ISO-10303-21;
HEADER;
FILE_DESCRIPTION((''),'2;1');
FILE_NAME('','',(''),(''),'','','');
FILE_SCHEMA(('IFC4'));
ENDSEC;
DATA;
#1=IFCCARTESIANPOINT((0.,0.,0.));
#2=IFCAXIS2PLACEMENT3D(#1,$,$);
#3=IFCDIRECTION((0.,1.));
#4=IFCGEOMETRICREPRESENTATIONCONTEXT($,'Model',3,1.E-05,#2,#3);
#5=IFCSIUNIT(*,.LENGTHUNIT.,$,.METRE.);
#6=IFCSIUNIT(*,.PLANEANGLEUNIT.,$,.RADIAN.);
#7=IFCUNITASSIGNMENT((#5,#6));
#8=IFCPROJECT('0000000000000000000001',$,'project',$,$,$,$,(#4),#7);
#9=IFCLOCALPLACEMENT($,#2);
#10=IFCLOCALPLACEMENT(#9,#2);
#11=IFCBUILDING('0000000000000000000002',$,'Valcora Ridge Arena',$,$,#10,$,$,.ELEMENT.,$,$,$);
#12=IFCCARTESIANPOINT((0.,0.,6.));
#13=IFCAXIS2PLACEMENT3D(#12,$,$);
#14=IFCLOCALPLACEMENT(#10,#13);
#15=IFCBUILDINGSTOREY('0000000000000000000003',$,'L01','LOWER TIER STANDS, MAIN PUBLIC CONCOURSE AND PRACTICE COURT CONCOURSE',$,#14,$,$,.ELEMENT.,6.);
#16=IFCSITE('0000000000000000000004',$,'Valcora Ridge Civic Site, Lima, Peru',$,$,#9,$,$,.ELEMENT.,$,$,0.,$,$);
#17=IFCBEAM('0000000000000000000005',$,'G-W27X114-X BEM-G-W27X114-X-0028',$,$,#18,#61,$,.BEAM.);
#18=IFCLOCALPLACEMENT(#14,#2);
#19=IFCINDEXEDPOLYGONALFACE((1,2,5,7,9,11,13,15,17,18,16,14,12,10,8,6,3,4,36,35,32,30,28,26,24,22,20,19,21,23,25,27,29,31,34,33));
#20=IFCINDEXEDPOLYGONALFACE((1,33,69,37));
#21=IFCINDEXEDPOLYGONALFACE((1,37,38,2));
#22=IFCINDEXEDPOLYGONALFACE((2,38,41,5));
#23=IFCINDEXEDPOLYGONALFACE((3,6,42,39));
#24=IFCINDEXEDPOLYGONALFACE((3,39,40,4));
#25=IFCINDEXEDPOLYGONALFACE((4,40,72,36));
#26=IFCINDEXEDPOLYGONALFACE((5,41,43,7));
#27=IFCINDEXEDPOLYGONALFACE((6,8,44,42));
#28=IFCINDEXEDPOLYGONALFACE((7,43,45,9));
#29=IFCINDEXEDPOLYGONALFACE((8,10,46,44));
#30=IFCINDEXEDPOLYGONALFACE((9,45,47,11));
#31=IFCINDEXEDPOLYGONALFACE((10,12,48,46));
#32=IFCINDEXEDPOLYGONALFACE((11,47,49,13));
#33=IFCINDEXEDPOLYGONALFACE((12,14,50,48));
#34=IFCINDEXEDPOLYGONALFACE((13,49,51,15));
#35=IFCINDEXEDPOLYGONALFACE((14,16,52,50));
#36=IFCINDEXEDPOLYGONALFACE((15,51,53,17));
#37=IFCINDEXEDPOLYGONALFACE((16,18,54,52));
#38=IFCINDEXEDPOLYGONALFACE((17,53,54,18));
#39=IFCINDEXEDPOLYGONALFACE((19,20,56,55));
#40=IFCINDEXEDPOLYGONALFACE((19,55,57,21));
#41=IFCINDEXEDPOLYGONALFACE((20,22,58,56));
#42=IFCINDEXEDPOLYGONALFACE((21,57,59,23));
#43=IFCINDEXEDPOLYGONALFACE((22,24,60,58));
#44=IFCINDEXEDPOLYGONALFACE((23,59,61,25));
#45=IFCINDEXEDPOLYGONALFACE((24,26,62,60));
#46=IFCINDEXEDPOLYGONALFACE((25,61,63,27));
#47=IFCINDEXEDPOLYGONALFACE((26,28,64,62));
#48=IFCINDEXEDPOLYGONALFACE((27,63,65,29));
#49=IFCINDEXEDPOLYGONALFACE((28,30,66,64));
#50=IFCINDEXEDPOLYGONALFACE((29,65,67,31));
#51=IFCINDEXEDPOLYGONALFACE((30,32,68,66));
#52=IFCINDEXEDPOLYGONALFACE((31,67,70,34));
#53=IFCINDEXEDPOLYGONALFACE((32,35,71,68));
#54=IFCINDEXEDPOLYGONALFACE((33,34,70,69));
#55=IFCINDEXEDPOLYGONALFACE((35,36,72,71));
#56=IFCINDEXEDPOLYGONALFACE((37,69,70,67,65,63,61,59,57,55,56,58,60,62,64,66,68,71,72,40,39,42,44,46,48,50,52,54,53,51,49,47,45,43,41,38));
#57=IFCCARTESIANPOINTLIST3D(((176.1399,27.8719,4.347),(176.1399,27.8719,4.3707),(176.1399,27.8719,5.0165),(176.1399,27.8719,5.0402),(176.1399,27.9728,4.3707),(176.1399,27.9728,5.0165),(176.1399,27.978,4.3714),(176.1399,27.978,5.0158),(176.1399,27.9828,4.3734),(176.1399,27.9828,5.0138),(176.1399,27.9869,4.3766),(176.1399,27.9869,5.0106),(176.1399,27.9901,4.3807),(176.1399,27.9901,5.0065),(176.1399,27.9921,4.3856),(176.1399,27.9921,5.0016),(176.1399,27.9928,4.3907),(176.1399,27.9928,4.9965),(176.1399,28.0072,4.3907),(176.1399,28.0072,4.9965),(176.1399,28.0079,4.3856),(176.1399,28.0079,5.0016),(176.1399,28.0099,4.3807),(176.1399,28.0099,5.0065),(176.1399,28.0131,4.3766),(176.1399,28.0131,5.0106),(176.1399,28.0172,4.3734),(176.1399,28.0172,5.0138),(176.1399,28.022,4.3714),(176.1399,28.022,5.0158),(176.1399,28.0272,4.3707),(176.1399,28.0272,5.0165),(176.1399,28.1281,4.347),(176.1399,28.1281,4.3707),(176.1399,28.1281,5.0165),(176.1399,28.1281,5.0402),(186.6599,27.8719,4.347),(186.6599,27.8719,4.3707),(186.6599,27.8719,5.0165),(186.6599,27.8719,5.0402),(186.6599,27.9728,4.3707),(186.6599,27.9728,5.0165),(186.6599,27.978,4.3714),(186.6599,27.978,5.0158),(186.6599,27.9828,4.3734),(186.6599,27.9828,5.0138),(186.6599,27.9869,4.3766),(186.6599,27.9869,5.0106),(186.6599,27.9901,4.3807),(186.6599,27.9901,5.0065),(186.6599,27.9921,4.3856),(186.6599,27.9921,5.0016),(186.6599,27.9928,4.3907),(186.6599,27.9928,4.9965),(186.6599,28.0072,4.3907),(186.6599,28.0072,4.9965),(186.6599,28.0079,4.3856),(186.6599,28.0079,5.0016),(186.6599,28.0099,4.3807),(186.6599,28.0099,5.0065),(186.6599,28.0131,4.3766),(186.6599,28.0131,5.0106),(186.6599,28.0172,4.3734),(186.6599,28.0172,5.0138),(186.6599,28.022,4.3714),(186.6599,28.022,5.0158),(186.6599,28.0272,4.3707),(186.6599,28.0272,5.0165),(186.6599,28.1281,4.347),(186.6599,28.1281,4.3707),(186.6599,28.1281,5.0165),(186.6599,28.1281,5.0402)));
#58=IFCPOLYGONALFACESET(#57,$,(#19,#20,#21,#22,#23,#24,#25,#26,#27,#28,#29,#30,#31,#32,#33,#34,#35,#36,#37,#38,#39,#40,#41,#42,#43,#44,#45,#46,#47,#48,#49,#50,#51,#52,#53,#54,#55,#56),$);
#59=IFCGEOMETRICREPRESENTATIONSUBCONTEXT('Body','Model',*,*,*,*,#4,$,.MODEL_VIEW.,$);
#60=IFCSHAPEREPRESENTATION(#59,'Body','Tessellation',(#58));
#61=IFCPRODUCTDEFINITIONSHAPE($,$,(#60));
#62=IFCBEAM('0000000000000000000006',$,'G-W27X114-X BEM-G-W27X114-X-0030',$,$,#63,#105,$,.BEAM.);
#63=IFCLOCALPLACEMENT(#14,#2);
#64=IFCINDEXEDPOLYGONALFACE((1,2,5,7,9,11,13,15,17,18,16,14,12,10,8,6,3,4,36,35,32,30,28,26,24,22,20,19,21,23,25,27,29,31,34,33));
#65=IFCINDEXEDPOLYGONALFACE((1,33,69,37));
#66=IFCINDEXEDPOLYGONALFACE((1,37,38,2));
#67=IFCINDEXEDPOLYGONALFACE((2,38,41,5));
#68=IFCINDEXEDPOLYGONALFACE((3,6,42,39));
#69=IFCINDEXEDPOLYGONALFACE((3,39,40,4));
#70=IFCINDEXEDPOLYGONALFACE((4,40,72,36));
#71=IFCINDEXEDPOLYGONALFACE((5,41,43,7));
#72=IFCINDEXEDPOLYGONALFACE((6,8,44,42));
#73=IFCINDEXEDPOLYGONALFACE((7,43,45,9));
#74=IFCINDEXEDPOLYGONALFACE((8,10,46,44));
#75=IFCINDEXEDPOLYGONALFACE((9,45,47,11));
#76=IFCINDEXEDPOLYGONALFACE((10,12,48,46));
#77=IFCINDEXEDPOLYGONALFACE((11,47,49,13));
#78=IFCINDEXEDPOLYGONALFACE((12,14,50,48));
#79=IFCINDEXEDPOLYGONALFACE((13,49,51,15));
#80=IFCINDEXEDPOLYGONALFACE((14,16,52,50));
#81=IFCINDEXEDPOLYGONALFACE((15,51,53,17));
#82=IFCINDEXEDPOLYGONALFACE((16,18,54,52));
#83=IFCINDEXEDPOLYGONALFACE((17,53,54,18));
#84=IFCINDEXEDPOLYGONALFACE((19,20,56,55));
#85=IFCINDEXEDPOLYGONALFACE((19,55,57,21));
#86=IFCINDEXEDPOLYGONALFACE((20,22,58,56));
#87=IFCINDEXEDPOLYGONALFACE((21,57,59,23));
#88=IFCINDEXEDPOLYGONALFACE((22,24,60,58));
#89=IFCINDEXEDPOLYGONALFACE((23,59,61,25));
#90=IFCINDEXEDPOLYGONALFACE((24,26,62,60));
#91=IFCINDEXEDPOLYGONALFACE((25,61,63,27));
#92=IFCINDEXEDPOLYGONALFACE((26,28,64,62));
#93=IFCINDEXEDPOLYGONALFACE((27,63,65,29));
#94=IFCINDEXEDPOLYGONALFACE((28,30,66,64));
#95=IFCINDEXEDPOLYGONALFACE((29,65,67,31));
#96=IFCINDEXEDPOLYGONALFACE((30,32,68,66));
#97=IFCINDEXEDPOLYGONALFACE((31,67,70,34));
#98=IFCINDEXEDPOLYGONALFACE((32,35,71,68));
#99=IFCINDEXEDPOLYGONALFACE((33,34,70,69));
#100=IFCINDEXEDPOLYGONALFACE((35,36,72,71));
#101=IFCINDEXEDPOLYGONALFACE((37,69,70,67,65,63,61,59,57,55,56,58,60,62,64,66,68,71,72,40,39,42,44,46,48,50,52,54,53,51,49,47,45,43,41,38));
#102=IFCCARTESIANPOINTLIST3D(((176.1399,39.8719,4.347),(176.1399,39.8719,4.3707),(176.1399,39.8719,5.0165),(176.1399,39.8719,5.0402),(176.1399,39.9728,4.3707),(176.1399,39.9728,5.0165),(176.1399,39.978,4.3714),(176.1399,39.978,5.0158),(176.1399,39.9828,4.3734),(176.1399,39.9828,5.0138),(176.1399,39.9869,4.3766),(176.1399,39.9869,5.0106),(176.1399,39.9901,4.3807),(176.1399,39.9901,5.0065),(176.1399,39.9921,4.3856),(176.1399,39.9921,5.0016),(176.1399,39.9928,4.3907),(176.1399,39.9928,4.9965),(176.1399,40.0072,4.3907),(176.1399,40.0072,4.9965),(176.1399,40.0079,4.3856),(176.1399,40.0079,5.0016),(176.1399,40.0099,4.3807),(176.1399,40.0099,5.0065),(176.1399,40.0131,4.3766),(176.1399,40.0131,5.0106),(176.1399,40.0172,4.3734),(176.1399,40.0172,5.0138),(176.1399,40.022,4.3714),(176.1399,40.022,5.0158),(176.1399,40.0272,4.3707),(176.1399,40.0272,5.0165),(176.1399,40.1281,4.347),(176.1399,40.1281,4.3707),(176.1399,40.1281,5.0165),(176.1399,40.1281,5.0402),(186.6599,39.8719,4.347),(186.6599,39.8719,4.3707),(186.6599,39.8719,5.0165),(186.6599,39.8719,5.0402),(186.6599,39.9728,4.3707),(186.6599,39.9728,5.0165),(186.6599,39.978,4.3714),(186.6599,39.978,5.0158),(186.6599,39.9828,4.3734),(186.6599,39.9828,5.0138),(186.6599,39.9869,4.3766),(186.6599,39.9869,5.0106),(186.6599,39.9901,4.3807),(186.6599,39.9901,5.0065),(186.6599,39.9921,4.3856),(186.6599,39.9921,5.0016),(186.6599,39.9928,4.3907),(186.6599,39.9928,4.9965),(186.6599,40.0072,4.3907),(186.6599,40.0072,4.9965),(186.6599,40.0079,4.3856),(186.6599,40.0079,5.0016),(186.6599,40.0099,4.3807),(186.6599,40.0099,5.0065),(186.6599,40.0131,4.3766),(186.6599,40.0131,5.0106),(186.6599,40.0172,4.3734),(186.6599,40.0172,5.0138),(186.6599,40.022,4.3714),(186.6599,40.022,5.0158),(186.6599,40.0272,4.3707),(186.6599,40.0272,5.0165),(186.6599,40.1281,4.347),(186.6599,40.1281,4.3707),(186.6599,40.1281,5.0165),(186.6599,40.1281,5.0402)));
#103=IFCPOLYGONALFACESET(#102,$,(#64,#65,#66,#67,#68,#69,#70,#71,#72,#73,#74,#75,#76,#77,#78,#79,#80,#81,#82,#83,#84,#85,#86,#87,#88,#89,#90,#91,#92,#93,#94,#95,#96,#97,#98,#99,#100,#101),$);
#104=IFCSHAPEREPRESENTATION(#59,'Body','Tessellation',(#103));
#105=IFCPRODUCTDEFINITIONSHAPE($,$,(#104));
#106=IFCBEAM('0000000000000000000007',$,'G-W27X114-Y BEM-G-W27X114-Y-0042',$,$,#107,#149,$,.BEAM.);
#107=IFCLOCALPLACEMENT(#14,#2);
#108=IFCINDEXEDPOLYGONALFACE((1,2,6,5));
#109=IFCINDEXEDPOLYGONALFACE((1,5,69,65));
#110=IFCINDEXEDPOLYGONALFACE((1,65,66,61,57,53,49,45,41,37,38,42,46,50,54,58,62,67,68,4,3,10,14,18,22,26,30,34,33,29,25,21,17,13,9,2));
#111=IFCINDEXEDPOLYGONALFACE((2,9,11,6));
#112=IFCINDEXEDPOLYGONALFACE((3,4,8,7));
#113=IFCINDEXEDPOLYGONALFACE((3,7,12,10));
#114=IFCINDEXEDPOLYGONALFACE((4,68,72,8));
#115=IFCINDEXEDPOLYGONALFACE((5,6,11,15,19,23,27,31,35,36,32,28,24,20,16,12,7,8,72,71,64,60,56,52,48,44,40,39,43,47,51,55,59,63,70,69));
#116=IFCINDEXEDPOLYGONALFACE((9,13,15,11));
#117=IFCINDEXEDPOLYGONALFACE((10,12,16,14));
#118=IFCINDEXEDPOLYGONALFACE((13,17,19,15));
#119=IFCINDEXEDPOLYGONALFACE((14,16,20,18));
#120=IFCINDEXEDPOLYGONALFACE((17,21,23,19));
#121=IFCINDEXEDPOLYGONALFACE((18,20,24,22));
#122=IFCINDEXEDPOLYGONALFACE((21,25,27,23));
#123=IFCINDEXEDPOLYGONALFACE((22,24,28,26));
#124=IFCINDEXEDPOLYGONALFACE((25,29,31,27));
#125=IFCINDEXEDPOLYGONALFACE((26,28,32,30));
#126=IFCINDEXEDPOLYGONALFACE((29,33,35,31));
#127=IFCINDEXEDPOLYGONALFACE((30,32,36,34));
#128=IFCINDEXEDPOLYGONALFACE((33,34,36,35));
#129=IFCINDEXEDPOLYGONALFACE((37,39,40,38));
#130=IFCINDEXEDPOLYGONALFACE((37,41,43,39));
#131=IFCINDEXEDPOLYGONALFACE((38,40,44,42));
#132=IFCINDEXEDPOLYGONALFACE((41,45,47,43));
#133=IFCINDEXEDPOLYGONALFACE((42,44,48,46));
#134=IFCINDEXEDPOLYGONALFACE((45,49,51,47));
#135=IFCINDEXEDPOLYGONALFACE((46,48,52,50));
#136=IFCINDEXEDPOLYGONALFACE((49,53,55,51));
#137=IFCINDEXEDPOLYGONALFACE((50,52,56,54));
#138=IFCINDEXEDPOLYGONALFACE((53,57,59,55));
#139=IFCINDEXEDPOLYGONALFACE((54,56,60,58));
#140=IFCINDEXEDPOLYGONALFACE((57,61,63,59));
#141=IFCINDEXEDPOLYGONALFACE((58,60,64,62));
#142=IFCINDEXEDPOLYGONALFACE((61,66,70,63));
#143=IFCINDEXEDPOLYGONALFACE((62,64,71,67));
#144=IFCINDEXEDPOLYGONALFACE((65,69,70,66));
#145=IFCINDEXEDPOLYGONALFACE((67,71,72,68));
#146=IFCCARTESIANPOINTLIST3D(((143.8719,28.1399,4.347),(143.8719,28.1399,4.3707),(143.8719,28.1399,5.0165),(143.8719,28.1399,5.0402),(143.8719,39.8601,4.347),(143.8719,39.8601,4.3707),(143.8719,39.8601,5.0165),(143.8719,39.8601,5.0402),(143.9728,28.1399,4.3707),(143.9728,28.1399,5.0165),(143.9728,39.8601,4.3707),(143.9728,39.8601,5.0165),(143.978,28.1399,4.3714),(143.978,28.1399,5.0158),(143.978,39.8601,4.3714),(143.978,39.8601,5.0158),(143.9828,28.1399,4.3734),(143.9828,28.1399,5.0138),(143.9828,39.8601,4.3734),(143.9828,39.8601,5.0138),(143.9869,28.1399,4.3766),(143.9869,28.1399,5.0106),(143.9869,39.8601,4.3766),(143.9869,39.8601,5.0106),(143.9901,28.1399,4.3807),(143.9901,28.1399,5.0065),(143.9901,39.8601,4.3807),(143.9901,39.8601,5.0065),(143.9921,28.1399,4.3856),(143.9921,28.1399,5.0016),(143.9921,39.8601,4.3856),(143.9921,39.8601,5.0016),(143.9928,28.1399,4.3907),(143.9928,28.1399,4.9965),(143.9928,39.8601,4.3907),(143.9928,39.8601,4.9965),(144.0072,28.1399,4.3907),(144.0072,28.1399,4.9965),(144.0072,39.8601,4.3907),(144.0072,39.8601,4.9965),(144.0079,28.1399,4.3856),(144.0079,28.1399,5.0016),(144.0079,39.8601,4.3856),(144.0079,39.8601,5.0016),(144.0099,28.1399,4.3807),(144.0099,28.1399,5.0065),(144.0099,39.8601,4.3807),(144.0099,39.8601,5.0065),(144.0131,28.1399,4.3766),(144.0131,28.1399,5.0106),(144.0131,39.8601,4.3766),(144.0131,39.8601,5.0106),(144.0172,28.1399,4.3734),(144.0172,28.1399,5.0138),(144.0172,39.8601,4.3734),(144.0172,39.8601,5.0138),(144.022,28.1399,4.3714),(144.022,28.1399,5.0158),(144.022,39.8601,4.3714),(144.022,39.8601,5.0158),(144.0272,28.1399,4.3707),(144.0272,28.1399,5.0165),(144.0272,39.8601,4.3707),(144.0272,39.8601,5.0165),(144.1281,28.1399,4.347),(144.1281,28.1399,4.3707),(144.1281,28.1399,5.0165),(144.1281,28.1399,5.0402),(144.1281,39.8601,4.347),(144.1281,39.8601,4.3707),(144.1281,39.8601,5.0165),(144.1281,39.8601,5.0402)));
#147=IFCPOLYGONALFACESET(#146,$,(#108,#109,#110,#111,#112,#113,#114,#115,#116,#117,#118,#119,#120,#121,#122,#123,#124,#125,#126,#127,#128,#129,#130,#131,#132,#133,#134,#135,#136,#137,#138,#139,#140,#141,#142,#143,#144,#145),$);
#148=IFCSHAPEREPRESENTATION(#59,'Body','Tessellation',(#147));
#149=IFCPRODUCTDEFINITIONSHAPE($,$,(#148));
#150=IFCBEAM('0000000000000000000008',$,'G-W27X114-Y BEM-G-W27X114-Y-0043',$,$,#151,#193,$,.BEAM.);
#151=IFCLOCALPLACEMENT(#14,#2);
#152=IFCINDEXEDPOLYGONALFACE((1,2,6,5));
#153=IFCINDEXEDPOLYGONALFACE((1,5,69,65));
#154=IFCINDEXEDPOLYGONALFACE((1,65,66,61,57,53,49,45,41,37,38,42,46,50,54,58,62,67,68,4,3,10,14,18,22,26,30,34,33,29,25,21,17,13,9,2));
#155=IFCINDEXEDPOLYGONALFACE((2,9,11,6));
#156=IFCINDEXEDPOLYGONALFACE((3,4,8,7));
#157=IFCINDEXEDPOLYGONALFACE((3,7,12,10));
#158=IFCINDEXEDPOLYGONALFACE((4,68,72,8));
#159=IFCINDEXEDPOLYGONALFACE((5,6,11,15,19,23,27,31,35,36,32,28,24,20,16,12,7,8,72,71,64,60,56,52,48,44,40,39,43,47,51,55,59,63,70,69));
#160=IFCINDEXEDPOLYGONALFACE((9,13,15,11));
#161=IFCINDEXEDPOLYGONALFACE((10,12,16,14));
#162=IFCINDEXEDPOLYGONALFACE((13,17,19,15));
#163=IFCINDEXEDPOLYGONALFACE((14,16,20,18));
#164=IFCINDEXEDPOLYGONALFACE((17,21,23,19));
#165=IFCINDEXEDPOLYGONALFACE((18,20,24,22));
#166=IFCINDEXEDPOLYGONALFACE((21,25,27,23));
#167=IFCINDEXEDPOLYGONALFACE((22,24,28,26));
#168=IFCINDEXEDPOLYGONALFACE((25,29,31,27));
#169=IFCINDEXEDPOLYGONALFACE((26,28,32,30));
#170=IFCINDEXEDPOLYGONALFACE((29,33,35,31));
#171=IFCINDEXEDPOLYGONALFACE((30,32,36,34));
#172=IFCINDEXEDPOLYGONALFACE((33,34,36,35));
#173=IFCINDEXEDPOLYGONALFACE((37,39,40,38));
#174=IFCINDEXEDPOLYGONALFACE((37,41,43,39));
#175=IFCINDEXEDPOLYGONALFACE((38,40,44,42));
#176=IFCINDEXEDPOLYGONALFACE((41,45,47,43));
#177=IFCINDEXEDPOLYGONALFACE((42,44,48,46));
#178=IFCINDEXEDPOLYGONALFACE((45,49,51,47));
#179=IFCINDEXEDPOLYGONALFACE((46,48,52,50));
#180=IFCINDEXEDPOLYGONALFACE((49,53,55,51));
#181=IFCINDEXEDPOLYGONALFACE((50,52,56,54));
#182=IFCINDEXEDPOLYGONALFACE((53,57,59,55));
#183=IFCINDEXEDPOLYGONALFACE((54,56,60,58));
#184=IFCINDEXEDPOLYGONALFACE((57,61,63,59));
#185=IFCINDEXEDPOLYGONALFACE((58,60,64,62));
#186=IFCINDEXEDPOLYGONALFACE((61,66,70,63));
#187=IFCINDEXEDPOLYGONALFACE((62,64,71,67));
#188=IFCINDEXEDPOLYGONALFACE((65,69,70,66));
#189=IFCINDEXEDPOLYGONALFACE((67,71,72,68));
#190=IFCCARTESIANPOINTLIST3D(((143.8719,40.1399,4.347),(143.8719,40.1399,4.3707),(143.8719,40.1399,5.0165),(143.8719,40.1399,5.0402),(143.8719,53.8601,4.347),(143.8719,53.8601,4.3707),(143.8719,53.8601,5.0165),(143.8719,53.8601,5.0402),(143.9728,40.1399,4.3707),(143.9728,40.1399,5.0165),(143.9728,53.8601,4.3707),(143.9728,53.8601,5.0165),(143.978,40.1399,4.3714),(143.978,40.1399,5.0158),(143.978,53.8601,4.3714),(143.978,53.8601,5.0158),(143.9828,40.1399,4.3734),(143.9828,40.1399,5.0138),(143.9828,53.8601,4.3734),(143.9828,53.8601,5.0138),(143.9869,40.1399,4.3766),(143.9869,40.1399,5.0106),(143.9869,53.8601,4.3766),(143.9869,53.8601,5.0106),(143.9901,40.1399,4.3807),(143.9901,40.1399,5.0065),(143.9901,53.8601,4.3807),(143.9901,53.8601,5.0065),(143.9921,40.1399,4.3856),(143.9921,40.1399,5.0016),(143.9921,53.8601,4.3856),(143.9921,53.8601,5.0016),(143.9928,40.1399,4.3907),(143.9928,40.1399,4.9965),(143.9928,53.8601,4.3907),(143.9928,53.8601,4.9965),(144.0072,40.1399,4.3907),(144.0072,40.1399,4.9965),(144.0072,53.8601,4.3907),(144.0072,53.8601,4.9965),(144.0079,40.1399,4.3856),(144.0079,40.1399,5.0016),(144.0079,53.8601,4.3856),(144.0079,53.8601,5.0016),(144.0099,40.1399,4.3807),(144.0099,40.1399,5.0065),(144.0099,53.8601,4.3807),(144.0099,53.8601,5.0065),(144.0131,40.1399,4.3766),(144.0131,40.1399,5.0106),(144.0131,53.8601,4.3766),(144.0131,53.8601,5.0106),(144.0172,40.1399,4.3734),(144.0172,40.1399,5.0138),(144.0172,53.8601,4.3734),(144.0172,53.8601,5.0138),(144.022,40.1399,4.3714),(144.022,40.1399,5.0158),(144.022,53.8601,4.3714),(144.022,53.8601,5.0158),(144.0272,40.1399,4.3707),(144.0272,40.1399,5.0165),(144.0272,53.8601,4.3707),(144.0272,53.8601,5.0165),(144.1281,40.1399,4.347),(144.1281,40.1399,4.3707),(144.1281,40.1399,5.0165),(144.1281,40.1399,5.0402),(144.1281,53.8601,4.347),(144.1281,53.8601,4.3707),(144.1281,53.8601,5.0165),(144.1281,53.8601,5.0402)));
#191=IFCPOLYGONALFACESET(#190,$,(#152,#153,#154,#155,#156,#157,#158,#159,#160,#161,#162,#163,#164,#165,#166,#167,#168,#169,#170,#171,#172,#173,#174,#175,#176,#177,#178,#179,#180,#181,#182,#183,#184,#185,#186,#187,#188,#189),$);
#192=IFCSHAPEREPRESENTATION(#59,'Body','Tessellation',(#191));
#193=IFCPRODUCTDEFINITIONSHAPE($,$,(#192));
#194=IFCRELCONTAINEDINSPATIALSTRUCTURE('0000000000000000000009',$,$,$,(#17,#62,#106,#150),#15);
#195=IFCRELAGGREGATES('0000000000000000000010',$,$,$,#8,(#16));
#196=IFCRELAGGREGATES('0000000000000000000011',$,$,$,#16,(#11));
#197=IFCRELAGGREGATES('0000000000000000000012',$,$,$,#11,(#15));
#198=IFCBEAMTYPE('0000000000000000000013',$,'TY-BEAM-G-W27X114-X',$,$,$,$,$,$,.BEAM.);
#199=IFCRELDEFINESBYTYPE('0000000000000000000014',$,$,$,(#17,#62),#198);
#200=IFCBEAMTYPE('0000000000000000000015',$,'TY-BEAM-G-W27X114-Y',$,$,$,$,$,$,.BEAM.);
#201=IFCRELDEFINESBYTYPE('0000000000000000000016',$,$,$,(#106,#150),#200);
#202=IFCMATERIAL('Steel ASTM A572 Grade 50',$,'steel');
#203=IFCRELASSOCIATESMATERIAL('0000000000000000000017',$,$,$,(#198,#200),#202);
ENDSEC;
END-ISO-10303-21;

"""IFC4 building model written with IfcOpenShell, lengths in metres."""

from ifc_helpers import new_model, si_unit, direction, frame, origin, origin_2d, place, context, subcontext, project, spatial, i_section, extrude, material, material_profile, profile_set, type_object, element, save


model = new_model("IFC4")

# Units and contexts
model_context = context("Model", 3, precision=1e-05, world=origin(), true_north=direction((0.0, 1.0)))
body_context = subcontext(model_context, "Body", "Model", "MODEL_VIEW")
ifc_project = project(units=[si_unit("LENGTHUNIT", "METRE"), si_unit("PLANEANGLEUNIT", "RADIAN")], contexts=[model_context])

# Site, building, storey
site_placement = place(None, origin())
site = spatial("IfcSite", under=ifc_project, at=site_placement, Name="Valcora Ridge Civic Site, Lima, Peru", CompositionType="ELEMENT", RefElevation=0.0)
building_placement = place(site_placement, origin())
building = spatial("IfcBuilding", under=site, at=building_placement, Name="Valcora Ridge Arena", CompositionType="ELEMENT")
storey_placement = place(building_placement, frame((0.0, 0.0, 6.0)))
storey = spatial("IfcBuildingStorey", under=building, at=storey_placement, Name="L01", Description="LOWER TIER STANDS, MAIN PUBLIC CONCOURSE AND PRACTICE COURT CONCOURSE", CompositionType="ELEMENT", Elevation=6.0)

# Shared definitions
ifc_material_1 = material(Name="Steel ASTM A572 Grade 50", Category="steel")

# Beams
ifc_material_profile_1 = material_profile(ifc_material_1, i_section(OverallWidth=0.2561, OverallDepth=0.6931, WebThickness=0.0144, FlangeThickness=0.0237, FilletRadius=0.02, at=origin_2d()), Name="W27X114")
ifc_profile_set_1 = profile_set([ifc_material_profile_1], Name="Steel ASTM A572 Grade 50")
beam_type_1 = type_object("IfcBeamType", Name="TY-BEAM-G-W27X114-X", PredefinedType="BEAM", material=ifc_profile_set_1)
for number, where, z_axis, x_axis, name in (
    (1, (176.1399, 28.0, 4.6936), (1.0, 0.0, 0.0), (0.0, 1.0, 0.0), "G-W27X114-X BEM-G-W27X114-X-0028"),
    (2, (176.1399, 40.0, 4.6936), (1.0, 0.0, 0.0), (0.0, 1.0, 0.0), "G-W27X114-X BEM-G-W27X114-X-0030"),
):
    element("IfcBeam", number, at=place(storey_placement, frame(where, z_axis=z_axis, x_axis=x_axis)), inside=storey, type_object=beam_type_1, Name=name, PredefinedType="BEAM", context=body_context, shape_type="SweptSolid", body=[
        extrude(i_section(OverallWidth=0.2561, OverallDepth=0.6931, WebThickness=0.0144, FlangeThickness=0.0237, FilletRadius=0.02, at=origin_2d()), origin(), (0.0, 0.0, 1.0), 10.52),
    ])
ifc_material_profile_2 = material_profile(ifc_material_1, i_section(OverallWidth=0.2561, OverallDepth=0.6931, WebThickness=0.0144, FlangeThickness=0.0237, FilletRadius=0.02, at=origin_2d()), Name="W27X114")
ifc_profile_set_2 = profile_set([ifc_material_profile_2], Name="Steel ASTM A572 Grade 50")
beam_type_2 = type_object("IfcBeamType", Name="TY-BEAM-G-W27X114-Y", PredefinedType="BEAM", material=ifc_profile_set_2)
beam_1_placement = place(storey_placement, frame((144.0, 28.1399, 4.6936), z_axis=(0.0, 1.0, 0.0), x_axis=(-1.0, 0.0, 0.0)))
element("IfcBeam", 3, at=beam_1_placement, inside=storey, type_object=beam_type_2, Name="G-W27X114-Y BEM-G-W27X114-Y-0042", PredefinedType="BEAM", context=body_context, shape_type="SweptSolid", body=[
    extrude(i_section(OverallWidth=0.2561, OverallDepth=0.6931, WebThickness=0.0144, FlangeThickness=0.0237, FilletRadius=0.02, at=origin_2d()), origin(), (0.0, 0.0, 1.0), 11.7202),
])
beam_2_placement = place(storey_placement, frame((144.0, 40.1399, 4.6936), z_axis=(0.0, 1.0, 0.0), x_axis=(-1.0, 0.0, 0.0)))
element("IfcBeam", 4, at=beam_2_placement, inside=storey, type_object=beam_type_2, Name="G-W27X114-Y BEM-G-W27X114-Y-0043", PredefinedType="BEAM", context=body_context, shape_type="SweptSolid", body=[
    extrude(i_section(OverallWidth=0.2561, OverallDepth=0.6931, WebThickness=0.0144, FlangeThickness=0.0237, FilletRadius=0.02, at=origin_2d()), origin(), (0.0, 0.0, 1.0), 13.7202),
])

save(model, "model.ifc")
